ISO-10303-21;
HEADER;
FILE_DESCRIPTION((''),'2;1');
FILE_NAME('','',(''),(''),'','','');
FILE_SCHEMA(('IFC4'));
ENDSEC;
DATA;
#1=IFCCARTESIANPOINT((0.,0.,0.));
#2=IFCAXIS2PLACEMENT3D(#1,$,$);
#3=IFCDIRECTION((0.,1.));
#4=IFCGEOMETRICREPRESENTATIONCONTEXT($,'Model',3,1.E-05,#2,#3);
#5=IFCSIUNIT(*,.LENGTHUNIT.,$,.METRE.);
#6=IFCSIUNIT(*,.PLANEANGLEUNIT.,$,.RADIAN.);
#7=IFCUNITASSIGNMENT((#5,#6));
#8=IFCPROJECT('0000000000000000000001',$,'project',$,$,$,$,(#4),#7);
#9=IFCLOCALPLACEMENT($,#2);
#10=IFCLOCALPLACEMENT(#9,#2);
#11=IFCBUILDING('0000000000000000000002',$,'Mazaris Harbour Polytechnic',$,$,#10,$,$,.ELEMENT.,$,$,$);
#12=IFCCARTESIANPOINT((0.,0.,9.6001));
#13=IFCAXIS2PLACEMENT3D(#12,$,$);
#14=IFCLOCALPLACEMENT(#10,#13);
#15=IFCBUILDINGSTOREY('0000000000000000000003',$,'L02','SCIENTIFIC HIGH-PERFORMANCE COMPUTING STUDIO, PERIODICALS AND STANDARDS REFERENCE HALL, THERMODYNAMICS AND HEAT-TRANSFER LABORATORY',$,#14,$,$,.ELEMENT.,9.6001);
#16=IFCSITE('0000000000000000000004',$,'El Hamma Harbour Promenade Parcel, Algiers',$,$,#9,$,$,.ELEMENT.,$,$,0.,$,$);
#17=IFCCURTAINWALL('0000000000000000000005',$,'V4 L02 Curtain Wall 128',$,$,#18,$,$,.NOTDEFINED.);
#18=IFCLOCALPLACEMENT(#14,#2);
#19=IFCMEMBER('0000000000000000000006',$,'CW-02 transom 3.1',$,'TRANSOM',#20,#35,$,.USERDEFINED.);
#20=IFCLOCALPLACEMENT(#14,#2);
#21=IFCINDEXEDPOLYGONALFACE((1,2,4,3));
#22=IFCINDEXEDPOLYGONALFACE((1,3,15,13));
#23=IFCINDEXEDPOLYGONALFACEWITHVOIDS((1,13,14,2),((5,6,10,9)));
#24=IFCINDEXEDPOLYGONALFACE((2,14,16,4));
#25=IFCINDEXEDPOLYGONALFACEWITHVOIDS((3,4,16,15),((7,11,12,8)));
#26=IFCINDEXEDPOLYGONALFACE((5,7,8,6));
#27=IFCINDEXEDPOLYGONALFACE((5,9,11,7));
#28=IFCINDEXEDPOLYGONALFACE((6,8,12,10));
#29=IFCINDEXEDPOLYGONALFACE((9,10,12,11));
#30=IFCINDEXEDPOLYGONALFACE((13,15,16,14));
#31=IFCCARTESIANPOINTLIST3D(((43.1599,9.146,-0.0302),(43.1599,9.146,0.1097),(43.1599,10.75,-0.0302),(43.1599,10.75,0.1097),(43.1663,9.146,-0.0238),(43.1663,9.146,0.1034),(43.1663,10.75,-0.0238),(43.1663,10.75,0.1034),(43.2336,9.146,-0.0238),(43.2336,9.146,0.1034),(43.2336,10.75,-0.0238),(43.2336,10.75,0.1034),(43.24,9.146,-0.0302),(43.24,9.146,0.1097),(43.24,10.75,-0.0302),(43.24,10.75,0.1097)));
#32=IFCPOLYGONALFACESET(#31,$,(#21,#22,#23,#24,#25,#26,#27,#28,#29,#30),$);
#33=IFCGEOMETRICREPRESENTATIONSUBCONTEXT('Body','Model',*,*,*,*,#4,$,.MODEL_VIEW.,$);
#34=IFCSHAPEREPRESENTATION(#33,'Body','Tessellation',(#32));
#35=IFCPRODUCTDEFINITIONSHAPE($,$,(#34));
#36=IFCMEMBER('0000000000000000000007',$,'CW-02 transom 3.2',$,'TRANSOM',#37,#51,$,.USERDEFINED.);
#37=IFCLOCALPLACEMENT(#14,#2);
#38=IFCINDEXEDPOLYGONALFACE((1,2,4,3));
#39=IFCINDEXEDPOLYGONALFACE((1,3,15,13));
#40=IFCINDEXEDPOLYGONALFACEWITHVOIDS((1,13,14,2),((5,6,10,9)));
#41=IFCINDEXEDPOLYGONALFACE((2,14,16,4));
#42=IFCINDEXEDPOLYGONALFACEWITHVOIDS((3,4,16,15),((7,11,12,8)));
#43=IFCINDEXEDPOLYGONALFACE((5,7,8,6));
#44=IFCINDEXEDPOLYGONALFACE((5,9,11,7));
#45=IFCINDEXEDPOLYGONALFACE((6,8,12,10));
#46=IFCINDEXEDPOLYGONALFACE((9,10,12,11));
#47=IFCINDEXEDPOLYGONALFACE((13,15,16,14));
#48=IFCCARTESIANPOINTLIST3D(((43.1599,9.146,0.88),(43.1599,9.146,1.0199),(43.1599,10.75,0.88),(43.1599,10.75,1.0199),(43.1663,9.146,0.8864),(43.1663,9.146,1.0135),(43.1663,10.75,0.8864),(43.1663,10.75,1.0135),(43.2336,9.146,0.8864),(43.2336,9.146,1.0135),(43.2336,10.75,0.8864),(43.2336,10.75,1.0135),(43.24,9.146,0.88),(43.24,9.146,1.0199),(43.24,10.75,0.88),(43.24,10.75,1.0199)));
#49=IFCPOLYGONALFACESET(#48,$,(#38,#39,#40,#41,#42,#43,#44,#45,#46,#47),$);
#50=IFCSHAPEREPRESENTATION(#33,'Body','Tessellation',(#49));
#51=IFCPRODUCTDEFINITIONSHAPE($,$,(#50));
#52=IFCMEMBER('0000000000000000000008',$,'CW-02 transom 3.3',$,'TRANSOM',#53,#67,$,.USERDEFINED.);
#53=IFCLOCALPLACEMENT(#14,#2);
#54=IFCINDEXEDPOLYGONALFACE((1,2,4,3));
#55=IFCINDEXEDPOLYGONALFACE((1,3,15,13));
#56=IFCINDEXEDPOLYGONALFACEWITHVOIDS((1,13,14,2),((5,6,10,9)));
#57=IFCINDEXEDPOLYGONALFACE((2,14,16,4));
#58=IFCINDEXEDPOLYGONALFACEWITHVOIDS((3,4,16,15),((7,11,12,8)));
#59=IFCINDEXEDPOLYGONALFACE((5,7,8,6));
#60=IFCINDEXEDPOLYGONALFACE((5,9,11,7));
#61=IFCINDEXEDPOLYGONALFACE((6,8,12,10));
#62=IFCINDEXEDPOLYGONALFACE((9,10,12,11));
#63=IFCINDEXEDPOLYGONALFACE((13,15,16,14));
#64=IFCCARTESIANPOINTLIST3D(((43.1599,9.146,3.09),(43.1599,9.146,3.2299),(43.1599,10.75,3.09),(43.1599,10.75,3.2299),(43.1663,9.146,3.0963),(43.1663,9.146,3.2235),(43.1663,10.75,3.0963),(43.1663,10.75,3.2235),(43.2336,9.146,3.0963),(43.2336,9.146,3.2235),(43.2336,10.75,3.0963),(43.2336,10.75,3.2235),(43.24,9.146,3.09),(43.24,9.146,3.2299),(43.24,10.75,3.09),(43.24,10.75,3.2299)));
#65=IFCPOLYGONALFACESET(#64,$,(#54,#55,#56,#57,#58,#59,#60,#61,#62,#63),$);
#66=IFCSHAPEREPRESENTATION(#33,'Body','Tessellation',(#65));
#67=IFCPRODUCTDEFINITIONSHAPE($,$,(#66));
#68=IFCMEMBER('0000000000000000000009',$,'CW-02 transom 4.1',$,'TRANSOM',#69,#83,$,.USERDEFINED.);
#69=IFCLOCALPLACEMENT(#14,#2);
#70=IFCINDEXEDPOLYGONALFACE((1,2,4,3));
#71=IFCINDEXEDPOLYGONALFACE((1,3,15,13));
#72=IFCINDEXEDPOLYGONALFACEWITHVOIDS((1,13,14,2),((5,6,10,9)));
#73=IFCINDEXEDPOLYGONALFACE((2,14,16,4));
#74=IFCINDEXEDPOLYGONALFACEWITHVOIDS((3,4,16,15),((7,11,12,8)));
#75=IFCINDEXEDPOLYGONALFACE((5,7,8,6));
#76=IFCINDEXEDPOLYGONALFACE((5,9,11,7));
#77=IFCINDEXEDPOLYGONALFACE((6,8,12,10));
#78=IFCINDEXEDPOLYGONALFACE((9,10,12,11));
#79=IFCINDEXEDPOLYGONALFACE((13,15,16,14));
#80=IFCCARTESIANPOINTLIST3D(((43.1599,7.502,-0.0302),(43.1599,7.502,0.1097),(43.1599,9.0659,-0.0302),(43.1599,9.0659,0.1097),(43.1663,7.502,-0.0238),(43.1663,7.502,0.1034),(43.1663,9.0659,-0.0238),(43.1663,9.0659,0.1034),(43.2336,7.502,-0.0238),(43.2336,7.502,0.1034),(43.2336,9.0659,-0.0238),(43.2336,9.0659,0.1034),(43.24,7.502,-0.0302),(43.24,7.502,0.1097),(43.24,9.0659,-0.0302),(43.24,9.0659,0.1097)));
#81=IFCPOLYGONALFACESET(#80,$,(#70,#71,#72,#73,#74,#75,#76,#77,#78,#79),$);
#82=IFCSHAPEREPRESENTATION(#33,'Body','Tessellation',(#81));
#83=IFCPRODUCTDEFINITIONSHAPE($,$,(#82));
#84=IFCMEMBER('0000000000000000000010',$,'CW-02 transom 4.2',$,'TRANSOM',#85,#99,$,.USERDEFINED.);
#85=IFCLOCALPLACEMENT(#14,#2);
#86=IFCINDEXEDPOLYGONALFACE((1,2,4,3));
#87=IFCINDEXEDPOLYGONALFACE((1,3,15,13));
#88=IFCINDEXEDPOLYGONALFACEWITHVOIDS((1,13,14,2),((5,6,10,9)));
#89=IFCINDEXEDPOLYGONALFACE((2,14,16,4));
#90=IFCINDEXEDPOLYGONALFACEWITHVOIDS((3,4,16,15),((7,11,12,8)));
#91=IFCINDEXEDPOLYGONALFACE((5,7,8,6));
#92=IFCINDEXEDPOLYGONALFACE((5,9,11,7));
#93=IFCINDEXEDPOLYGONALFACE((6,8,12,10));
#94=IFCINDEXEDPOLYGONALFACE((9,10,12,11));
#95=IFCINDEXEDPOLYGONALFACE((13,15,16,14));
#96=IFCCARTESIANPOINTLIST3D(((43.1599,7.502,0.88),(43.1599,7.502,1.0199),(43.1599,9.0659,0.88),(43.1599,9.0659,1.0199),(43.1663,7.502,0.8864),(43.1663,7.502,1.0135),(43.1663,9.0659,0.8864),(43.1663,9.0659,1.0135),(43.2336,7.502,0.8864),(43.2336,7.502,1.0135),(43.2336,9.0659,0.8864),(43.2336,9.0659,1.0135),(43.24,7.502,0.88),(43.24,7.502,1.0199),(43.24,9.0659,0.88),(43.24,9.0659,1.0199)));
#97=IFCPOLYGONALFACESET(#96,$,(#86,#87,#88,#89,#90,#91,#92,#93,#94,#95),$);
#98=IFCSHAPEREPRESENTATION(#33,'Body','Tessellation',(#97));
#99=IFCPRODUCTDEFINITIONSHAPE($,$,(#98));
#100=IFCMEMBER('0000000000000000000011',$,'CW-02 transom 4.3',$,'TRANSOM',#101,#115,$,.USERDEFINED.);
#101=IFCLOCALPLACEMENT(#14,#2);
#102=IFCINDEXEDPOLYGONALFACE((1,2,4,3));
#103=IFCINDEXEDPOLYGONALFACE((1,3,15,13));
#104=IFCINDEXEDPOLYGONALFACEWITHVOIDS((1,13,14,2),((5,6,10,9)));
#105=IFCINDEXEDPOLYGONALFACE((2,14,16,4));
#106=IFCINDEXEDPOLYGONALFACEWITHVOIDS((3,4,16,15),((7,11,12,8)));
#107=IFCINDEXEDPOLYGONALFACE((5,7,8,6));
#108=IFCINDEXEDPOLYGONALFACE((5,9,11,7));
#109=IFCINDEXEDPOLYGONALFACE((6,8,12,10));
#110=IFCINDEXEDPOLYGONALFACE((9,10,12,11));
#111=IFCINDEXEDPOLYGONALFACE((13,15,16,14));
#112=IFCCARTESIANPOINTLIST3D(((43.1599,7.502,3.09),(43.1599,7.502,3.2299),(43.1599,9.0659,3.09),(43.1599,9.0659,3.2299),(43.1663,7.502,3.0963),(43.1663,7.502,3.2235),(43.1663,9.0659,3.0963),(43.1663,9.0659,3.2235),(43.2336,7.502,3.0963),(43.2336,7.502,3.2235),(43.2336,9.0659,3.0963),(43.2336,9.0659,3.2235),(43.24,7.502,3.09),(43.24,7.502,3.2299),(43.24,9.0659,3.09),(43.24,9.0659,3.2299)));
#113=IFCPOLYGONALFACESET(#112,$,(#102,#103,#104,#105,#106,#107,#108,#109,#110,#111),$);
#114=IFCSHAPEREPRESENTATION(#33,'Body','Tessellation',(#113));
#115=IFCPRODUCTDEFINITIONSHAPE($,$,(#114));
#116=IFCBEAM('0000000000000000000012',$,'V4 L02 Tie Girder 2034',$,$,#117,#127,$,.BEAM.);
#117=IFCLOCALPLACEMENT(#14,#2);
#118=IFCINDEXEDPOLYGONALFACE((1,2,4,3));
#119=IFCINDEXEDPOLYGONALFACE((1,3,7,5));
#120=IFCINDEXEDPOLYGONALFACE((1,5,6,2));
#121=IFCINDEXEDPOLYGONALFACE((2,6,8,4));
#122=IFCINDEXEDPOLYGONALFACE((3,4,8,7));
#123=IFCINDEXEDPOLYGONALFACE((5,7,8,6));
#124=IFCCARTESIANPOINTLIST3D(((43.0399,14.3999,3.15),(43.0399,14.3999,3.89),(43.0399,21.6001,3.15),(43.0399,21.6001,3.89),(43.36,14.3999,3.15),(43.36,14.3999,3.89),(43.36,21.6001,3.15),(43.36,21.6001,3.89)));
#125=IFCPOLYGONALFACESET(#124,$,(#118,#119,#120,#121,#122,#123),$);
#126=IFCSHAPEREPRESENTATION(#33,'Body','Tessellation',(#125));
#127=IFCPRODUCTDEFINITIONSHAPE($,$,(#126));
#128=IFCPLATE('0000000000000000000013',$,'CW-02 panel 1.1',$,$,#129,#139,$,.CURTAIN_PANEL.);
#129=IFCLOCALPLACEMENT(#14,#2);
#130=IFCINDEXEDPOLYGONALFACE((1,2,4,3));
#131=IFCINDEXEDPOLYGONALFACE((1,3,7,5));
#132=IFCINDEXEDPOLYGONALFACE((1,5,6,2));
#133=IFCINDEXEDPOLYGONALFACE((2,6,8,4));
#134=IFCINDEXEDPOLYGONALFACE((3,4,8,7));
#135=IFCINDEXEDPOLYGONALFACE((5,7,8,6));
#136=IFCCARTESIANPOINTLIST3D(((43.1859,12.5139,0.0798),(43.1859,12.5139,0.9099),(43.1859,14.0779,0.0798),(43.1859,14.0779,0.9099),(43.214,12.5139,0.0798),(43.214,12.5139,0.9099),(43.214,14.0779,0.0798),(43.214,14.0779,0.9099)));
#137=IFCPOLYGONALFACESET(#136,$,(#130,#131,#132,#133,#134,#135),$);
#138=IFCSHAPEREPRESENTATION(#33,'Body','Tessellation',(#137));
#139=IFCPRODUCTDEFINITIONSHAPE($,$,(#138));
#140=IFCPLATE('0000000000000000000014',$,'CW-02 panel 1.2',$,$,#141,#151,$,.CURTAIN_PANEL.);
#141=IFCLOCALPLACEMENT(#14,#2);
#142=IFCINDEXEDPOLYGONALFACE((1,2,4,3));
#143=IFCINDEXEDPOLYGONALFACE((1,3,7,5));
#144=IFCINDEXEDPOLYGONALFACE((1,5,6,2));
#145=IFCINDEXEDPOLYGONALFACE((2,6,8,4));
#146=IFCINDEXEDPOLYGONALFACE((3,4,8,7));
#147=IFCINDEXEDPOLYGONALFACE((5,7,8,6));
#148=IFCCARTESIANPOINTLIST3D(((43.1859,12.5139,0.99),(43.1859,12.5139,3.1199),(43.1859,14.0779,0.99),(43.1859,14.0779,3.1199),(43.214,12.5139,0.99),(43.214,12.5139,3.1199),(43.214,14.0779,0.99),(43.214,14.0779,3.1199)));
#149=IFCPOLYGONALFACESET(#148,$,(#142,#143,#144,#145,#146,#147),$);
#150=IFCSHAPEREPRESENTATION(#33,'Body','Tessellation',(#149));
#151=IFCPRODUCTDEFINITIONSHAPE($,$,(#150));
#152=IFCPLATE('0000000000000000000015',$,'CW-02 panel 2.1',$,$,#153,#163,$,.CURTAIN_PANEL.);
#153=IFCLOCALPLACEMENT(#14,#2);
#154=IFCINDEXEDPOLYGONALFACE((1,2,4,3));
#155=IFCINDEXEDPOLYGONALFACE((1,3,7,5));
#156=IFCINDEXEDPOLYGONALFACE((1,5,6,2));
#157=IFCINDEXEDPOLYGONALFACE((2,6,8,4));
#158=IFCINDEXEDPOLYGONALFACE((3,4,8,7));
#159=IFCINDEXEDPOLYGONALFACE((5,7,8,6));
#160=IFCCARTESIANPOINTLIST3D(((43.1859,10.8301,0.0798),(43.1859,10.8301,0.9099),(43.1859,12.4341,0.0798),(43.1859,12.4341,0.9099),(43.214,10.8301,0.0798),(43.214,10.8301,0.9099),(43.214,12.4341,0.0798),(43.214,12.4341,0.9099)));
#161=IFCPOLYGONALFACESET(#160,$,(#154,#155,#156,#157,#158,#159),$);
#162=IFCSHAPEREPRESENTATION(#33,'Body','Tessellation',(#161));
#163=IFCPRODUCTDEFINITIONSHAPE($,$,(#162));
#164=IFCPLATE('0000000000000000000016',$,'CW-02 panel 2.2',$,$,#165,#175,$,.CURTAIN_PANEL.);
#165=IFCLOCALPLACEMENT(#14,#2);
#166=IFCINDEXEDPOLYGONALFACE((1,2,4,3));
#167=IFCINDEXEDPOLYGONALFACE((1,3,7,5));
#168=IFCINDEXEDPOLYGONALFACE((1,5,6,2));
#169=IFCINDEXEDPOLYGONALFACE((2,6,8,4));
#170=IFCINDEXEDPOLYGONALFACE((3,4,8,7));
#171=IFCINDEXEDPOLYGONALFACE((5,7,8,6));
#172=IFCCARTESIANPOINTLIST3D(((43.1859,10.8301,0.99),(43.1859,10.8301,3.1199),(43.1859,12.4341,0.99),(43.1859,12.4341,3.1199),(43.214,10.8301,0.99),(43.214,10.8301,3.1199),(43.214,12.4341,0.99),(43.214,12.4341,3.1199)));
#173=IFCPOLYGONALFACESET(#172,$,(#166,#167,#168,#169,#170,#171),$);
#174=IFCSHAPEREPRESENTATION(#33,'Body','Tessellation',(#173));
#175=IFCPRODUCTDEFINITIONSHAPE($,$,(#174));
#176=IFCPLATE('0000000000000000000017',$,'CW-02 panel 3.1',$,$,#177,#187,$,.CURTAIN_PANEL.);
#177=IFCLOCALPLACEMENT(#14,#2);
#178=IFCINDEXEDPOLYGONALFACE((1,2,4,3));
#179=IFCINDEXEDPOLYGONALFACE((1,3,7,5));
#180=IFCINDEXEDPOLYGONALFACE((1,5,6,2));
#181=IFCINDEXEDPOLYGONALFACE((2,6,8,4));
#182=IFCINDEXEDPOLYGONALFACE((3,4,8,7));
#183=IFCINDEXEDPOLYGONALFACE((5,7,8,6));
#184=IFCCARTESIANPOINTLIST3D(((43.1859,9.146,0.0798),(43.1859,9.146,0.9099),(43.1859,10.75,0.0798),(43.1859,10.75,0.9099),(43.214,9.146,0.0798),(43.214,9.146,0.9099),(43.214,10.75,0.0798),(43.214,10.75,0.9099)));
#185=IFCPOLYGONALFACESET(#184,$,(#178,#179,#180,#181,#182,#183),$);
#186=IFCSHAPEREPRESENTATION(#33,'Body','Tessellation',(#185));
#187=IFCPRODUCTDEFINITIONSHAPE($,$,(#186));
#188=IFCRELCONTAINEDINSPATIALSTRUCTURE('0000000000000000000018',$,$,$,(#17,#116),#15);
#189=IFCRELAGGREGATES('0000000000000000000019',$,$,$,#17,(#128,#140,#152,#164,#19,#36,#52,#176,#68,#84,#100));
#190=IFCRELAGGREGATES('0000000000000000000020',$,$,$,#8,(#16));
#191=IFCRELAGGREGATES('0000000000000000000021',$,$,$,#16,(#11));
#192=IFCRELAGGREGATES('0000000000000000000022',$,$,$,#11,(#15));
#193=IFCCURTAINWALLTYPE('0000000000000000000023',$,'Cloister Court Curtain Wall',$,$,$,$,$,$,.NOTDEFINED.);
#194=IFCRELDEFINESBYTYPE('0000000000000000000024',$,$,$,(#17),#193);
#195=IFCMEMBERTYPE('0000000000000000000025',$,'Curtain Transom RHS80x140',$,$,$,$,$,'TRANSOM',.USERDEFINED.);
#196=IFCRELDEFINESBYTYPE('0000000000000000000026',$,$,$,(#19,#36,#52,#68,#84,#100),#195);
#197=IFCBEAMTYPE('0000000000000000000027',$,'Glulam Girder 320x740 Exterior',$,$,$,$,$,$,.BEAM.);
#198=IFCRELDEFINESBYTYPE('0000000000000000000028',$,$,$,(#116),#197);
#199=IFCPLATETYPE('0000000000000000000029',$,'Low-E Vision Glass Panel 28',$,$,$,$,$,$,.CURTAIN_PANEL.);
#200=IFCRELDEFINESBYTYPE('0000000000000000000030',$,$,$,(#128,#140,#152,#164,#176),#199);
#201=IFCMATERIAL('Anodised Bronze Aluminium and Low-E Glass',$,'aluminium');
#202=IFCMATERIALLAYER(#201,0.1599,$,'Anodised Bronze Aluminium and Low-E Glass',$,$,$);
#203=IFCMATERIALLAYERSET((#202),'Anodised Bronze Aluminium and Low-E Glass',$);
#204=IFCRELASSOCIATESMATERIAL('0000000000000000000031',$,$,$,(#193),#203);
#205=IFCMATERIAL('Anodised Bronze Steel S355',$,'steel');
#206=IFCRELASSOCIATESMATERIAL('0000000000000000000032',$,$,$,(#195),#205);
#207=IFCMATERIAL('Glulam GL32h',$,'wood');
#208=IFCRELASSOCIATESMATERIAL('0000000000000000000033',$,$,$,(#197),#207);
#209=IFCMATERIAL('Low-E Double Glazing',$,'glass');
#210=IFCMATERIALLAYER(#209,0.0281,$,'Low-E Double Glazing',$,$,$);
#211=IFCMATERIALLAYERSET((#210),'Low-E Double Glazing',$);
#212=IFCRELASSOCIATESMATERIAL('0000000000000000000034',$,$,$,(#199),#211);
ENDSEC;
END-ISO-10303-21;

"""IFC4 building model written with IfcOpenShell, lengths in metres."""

from ifc_helpers import new_model, si_unit, direction, frame, origin, origin_2d, place, context, subcontext, project, spatial, rectangle, hollow_rectangle, extrude, material, layer, layer_set, material_profile, profile_set, type_object, element, aggregate, save


model = new_model("IFC4")

# Units and contexts
model_context = context("Model", 3, precision=1e-05, world=origin(), true_north=direction((0.0, 1.0)))
body_context = subcontext(model_context, "Body", "Model", "MODEL_VIEW")
ifc_project = project(units=[si_unit("LENGTHUNIT", "METRE"), si_unit("PLANEANGLEUNIT", "RADIAN")], contexts=[model_context])

# Site, building, storey
site_placement = place(None, origin())
site = spatial("IfcSite", under=ifc_project, at=site_placement, Name="El Hamma Harbour Promenade Parcel, Algiers", CompositionType="ELEMENT", RefElevation=0.0)
building_placement = place(site_placement, origin())
building = spatial("IfcBuilding", under=site, at=building_placement, Name="Mazaris Harbour Polytechnic", CompositionType="ELEMENT")
storey_placement = place(building_placement, frame((0.0, 0.0, 9.6001)))
storey = spatial("IfcBuildingStorey", under=building, at=storey_placement, Name="L02", Description="SCIENTIFIC HIGH-PERFORMANCE COMPUTING STUDIO, PERIODICALS AND STANDARDS REFERENCE HALL, THERMODYNAMICS AND HEAT-TRANSFER LABORATORY", CompositionType="ELEMENT", Elevation=9.6001)

# Curtain wall, members
ifc_material_1 = material(Name="Anodised Bronze Aluminium and Low-E Glass", Category="aluminium")
ifc_layer_1 = layer(ifc_material_1, 0.1599, Name="Anodised Bronze Aluminium and Low-E Glass")
ifc_layer_set_1 = layer_set([ifc_layer_1], Name="Anodised Bronze Aluminium and Low-E Glass")
curtain_wall_type = type_object("IfcCurtainWallType", Name="Cloister Court Curtain Wall", PredefinedType="NOTDEFINED", material=ifc_layer_set_1)
curtain_wall_placement = place(storey_placement, origin())
curtain_wall = element("IfcCurtainWall", 1, at=curtain_wall_placement, inside=storey, type_object=curtain_wall_type, Name="V4 L02 Curtain Wall 128", PredefinedType="NOTDEFINED")
ifc_material_2 = material(Name="Anodised Bronze Steel S355", Category="steel")
ifc_material_profile_1 = material_profile(ifc_material_2, hollow_rectangle(XDim=0.0801, YDim=0.1399, WallThickness=0.0063, at=origin_2d()), Name="RHS 80x140x6.3")
ifc_profile_set_1 = profile_set([ifc_material_profile_1], Name="Anodised Bronze Steel S355")
member_type_1 = type_object("IfcMemberType", Name="Curtain Transom RHS80x140", ElementType="TRANSOM", PredefinedType="USERDEFINED", material=ifc_profile_set_1)
member_1_placement = place(storey_placement, frame((43.2, 10.75, 0.0398), z_axis=(0.0, -1.0, 0.0), x_axis=(1.0, 0.0, 0.0)))
member_1 = element("IfcMember", 2, at=member_1_placement, type_object=member_type_1, Name="CW-02 transom 3.1", ObjectType="TRANSOM", PredefinedType="USERDEFINED", context=body_context, shape_type="SweptSolid", body=[
    extrude(hollow_rectangle(XDim=0.0801, YDim=0.1399, WallThickness=0.0063, at=origin_2d()), origin(), (0.0, 0.0, 1.0), 1.604),
])
member_2_placement = place(storey_placement, frame((43.2, 10.75, 0.95), z_axis=(0.0, -1.0, 0.0), x_axis=(1.0, 0.0, 0.0)))
member_2 = element("IfcMember", 3, at=member_2_placement, type_object=member_type_1, Name="CW-02 transom 3.2", ObjectType="TRANSOM", PredefinedType="USERDEFINED", context=body_context, shape_type="SweptSolid", body=[
    extrude(hollow_rectangle(XDim=0.0801, YDim=0.1399, WallThickness=0.0063, at=origin_2d()), origin(), (0.0, 0.0, 1.0), 1.604),
])
member_3_placement = place(storey_placement, frame((43.2, 10.75, 3.1599), z_axis=(0.0, -1.0, 0.0), x_axis=(1.0, 0.0, 0.0)))
member_3 = element("IfcMember", 4, at=member_3_placement, type_object=member_type_1, Name="CW-02 transom 3.3", ObjectType="TRANSOM", PredefinedType="USERDEFINED", context=body_context, shape_type="SweptSolid", body=[
    extrude(hollow_rectangle(XDim=0.0801, YDim=0.1399, WallThickness=0.0063, at=origin_2d()), origin(), (0.0, 0.0, 1.0), 1.604),
])
member_4_placement = place(storey_placement, frame((43.2, 9.0659, 0.0398), z_axis=(0.0, -1.0, 0.0), x_axis=(1.0, 0.0, 0.0)))
member_4 = element("IfcMember", 5, at=member_4_placement, type_object=member_type_1, Name="CW-02 transom 4.1", ObjectType="TRANSOM", PredefinedType="USERDEFINED", context=body_context, shape_type="SweptSolid", body=[
    extrude(hollow_rectangle(XDim=0.0801, YDim=0.1399, WallThickness=0.0063, at=origin_2d()), origin(), (0.0, 0.0, 1.0), 1.564),
])
member_5_placement = place(storey_placement, frame((43.2, 9.0659, 0.95), z_axis=(0.0, -1.0, 0.0), x_axis=(1.0, 0.0, 0.0)))
member_5 = element("IfcMember", 6, at=member_5_placement, type_object=member_type_1, Name="CW-02 transom 4.2", ObjectType="TRANSOM", PredefinedType="USERDEFINED", context=body_context, shape_type="SweptSolid", body=[
    extrude(hollow_rectangle(XDim=0.0801, YDim=0.1399, WallThickness=0.0063, at=origin_2d()), origin(), (0.0, 0.0, 1.0), 1.564),
])
member_6_placement = place(storey_placement, frame((43.2, 9.0659, 3.1599), z_axis=(0.0, -1.0, 0.0), x_axis=(1.0, 0.0, 0.0)))
member_6 = element("IfcMember", 7, at=member_6_placement, type_object=member_type_1, Name="CW-02 transom 4.3", ObjectType="TRANSOM", PredefinedType="USERDEFINED", context=body_context, shape_type="SweptSolid", body=[
    extrude(hollow_rectangle(XDim=0.0801, YDim=0.1399, WallThickness=0.0063, at=origin_2d()), origin(), (0.0, 0.0, 1.0), 1.564),
])

# Beam
ifc_material_3 = material(Name="Glulam GL32h", Category="wood")
ifc_material_profile_2 = material_profile(ifc_material_3, rectangle(XDim=0.3201, YDim=0.74, at=origin_2d()), Name="RECT320x740")
ifc_profile_set_2 = profile_set([ifc_material_profile_2], Name="Glulam GL32h")
beam_type = type_object("IfcBeamType", Name="Glulam Girder 320x740 Exterior", PredefinedType="BEAM", material=ifc_profile_set_2)
beam_placement = place(storey_placement, frame((43.2, 14.3999, 3.52), z_axis=(0.0, 1.0, 0.0), x_axis=(-1.0, 0.0, 0.0)))
element("IfcBeam", 8, at=beam_placement, inside=storey, type_object=beam_type, Name="V4 L02 Tie Girder 2034", PredefinedType="BEAM", context=body_context, shape_type="SweptSolid", body=[
    extrude(rectangle(XDim=0.3201, YDim=0.74, at=origin_2d()), origin(), (0.0, 0.0, 1.0), 7.2002),
])

# Plates
ifc_material_4 = material(Name="Low-E Double Glazing", Category="glass")
ifc_layer_2 = layer(ifc_material_4, 0.0281, Name="Low-E Double Glazing")
ifc_layer_set_2 = layer_set([ifc_layer_2], Name="Low-E Double Glazing")
plate_type = type_object("IfcPlateType", Name="Low-E Vision Glass Panel 28", PredefinedType="CURTAIN_PANEL", material=ifc_layer_set_2)
plate_1_placement = place(storey_placement, frame((43.2, 13.2959, 0.0798), z_axis=(0.0, 0.0, 1.0), x_axis=(0.0, -1.0, 0.0)))
plate_1 = element("IfcPlate", 9, at=plate_1_placement, type_object=plate_type, Name="CW-02 panel 1.1", PredefinedType="CURTAIN_PANEL", context=body_context, shape_type="SweptSolid", body=[
    extrude(rectangle(XDim=1.564, YDim=0.0281, at=origin_2d()), origin(), (0.0, 0.0, 1.0), 0.8301),
])
plate_2_placement = place(storey_placement, frame((43.2, 13.2959, 0.99), z_axis=(0.0, 0.0, 1.0), x_axis=(0.0, -1.0, 0.0)))
plate_2 = element("IfcPlate", 10, at=plate_2_placement, type_object=plate_type, Name="CW-02 panel 1.2", PredefinedType="CURTAIN_PANEL", context=body_context, shape_type="SweptSolid", body=[
    extrude(rectangle(XDim=1.564, YDim=0.0281, at=origin_2d()), origin(), (0.0, 0.0, 1.0), 2.1299),
])
plate_3_placement = place(storey_placement, frame((43.2, 11.6321, 0.0798), z_axis=(0.0, 0.0, 1.0), x_axis=(0.0, -1.0, 0.0)))
plate_3 = element("IfcPlate", 11, at=plate_3_placement, type_object=plate_type, Name="CW-02 panel 2.1", PredefinedType="CURTAIN_PANEL", context=body_context, shape_type="SweptSolid", body=[
    extrude(rectangle(XDim=1.604, YDim=0.0281, at=origin_2d()), origin(), (0.0, 0.0, 1.0), 0.8301),
])
plate_4_placement = place(storey_placement, frame((43.2, 11.6321, 0.99), z_axis=(0.0, 0.0, 1.0), x_axis=(0.0, -1.0, 0.0)))
plate_4 = element("IfcPlate", 12, at=plate_4_placement, type_object=plate_type, Name="CW-02 panel 2.2", PredefinedType="CURTAIN_PANEL", context=body_context, shape_type="SweptSolid", body=[
    extrude(rectangle(XDim=1.604, YDim=0.0281, at=origin_2d()), origin(), (0.0, 0.0, 1.0), 2.1299),
])
plate_5_placement = place(storey_placement, frame((43.2, 9.948, 0.0798), z_axis=(0.0, 0.0, 1.0), x_axis=(0.0, -1.0, 0.0)))
plate_5 = element("IfcPlate", 13, at=plate_5_placement, type_object=plate_type, Name="CW-02 panel 3.1", PredefinedType="CURTAIN_PANEL", context=body_context, shape_type="SweptSolid", body=[
    extrude(rectangle(XDim=1.604, YDim=0.0281, at=origin_2d()), origin(), (0.0, 0.0, 1.0), 0.8301),
])
aggregate(curtain_wall, [plate_1, plate_2, plate_3, plate_4, member_1, member_2, member_3, plate_5, member_4, member_5, member_6])

save(model, "model.ifc")
